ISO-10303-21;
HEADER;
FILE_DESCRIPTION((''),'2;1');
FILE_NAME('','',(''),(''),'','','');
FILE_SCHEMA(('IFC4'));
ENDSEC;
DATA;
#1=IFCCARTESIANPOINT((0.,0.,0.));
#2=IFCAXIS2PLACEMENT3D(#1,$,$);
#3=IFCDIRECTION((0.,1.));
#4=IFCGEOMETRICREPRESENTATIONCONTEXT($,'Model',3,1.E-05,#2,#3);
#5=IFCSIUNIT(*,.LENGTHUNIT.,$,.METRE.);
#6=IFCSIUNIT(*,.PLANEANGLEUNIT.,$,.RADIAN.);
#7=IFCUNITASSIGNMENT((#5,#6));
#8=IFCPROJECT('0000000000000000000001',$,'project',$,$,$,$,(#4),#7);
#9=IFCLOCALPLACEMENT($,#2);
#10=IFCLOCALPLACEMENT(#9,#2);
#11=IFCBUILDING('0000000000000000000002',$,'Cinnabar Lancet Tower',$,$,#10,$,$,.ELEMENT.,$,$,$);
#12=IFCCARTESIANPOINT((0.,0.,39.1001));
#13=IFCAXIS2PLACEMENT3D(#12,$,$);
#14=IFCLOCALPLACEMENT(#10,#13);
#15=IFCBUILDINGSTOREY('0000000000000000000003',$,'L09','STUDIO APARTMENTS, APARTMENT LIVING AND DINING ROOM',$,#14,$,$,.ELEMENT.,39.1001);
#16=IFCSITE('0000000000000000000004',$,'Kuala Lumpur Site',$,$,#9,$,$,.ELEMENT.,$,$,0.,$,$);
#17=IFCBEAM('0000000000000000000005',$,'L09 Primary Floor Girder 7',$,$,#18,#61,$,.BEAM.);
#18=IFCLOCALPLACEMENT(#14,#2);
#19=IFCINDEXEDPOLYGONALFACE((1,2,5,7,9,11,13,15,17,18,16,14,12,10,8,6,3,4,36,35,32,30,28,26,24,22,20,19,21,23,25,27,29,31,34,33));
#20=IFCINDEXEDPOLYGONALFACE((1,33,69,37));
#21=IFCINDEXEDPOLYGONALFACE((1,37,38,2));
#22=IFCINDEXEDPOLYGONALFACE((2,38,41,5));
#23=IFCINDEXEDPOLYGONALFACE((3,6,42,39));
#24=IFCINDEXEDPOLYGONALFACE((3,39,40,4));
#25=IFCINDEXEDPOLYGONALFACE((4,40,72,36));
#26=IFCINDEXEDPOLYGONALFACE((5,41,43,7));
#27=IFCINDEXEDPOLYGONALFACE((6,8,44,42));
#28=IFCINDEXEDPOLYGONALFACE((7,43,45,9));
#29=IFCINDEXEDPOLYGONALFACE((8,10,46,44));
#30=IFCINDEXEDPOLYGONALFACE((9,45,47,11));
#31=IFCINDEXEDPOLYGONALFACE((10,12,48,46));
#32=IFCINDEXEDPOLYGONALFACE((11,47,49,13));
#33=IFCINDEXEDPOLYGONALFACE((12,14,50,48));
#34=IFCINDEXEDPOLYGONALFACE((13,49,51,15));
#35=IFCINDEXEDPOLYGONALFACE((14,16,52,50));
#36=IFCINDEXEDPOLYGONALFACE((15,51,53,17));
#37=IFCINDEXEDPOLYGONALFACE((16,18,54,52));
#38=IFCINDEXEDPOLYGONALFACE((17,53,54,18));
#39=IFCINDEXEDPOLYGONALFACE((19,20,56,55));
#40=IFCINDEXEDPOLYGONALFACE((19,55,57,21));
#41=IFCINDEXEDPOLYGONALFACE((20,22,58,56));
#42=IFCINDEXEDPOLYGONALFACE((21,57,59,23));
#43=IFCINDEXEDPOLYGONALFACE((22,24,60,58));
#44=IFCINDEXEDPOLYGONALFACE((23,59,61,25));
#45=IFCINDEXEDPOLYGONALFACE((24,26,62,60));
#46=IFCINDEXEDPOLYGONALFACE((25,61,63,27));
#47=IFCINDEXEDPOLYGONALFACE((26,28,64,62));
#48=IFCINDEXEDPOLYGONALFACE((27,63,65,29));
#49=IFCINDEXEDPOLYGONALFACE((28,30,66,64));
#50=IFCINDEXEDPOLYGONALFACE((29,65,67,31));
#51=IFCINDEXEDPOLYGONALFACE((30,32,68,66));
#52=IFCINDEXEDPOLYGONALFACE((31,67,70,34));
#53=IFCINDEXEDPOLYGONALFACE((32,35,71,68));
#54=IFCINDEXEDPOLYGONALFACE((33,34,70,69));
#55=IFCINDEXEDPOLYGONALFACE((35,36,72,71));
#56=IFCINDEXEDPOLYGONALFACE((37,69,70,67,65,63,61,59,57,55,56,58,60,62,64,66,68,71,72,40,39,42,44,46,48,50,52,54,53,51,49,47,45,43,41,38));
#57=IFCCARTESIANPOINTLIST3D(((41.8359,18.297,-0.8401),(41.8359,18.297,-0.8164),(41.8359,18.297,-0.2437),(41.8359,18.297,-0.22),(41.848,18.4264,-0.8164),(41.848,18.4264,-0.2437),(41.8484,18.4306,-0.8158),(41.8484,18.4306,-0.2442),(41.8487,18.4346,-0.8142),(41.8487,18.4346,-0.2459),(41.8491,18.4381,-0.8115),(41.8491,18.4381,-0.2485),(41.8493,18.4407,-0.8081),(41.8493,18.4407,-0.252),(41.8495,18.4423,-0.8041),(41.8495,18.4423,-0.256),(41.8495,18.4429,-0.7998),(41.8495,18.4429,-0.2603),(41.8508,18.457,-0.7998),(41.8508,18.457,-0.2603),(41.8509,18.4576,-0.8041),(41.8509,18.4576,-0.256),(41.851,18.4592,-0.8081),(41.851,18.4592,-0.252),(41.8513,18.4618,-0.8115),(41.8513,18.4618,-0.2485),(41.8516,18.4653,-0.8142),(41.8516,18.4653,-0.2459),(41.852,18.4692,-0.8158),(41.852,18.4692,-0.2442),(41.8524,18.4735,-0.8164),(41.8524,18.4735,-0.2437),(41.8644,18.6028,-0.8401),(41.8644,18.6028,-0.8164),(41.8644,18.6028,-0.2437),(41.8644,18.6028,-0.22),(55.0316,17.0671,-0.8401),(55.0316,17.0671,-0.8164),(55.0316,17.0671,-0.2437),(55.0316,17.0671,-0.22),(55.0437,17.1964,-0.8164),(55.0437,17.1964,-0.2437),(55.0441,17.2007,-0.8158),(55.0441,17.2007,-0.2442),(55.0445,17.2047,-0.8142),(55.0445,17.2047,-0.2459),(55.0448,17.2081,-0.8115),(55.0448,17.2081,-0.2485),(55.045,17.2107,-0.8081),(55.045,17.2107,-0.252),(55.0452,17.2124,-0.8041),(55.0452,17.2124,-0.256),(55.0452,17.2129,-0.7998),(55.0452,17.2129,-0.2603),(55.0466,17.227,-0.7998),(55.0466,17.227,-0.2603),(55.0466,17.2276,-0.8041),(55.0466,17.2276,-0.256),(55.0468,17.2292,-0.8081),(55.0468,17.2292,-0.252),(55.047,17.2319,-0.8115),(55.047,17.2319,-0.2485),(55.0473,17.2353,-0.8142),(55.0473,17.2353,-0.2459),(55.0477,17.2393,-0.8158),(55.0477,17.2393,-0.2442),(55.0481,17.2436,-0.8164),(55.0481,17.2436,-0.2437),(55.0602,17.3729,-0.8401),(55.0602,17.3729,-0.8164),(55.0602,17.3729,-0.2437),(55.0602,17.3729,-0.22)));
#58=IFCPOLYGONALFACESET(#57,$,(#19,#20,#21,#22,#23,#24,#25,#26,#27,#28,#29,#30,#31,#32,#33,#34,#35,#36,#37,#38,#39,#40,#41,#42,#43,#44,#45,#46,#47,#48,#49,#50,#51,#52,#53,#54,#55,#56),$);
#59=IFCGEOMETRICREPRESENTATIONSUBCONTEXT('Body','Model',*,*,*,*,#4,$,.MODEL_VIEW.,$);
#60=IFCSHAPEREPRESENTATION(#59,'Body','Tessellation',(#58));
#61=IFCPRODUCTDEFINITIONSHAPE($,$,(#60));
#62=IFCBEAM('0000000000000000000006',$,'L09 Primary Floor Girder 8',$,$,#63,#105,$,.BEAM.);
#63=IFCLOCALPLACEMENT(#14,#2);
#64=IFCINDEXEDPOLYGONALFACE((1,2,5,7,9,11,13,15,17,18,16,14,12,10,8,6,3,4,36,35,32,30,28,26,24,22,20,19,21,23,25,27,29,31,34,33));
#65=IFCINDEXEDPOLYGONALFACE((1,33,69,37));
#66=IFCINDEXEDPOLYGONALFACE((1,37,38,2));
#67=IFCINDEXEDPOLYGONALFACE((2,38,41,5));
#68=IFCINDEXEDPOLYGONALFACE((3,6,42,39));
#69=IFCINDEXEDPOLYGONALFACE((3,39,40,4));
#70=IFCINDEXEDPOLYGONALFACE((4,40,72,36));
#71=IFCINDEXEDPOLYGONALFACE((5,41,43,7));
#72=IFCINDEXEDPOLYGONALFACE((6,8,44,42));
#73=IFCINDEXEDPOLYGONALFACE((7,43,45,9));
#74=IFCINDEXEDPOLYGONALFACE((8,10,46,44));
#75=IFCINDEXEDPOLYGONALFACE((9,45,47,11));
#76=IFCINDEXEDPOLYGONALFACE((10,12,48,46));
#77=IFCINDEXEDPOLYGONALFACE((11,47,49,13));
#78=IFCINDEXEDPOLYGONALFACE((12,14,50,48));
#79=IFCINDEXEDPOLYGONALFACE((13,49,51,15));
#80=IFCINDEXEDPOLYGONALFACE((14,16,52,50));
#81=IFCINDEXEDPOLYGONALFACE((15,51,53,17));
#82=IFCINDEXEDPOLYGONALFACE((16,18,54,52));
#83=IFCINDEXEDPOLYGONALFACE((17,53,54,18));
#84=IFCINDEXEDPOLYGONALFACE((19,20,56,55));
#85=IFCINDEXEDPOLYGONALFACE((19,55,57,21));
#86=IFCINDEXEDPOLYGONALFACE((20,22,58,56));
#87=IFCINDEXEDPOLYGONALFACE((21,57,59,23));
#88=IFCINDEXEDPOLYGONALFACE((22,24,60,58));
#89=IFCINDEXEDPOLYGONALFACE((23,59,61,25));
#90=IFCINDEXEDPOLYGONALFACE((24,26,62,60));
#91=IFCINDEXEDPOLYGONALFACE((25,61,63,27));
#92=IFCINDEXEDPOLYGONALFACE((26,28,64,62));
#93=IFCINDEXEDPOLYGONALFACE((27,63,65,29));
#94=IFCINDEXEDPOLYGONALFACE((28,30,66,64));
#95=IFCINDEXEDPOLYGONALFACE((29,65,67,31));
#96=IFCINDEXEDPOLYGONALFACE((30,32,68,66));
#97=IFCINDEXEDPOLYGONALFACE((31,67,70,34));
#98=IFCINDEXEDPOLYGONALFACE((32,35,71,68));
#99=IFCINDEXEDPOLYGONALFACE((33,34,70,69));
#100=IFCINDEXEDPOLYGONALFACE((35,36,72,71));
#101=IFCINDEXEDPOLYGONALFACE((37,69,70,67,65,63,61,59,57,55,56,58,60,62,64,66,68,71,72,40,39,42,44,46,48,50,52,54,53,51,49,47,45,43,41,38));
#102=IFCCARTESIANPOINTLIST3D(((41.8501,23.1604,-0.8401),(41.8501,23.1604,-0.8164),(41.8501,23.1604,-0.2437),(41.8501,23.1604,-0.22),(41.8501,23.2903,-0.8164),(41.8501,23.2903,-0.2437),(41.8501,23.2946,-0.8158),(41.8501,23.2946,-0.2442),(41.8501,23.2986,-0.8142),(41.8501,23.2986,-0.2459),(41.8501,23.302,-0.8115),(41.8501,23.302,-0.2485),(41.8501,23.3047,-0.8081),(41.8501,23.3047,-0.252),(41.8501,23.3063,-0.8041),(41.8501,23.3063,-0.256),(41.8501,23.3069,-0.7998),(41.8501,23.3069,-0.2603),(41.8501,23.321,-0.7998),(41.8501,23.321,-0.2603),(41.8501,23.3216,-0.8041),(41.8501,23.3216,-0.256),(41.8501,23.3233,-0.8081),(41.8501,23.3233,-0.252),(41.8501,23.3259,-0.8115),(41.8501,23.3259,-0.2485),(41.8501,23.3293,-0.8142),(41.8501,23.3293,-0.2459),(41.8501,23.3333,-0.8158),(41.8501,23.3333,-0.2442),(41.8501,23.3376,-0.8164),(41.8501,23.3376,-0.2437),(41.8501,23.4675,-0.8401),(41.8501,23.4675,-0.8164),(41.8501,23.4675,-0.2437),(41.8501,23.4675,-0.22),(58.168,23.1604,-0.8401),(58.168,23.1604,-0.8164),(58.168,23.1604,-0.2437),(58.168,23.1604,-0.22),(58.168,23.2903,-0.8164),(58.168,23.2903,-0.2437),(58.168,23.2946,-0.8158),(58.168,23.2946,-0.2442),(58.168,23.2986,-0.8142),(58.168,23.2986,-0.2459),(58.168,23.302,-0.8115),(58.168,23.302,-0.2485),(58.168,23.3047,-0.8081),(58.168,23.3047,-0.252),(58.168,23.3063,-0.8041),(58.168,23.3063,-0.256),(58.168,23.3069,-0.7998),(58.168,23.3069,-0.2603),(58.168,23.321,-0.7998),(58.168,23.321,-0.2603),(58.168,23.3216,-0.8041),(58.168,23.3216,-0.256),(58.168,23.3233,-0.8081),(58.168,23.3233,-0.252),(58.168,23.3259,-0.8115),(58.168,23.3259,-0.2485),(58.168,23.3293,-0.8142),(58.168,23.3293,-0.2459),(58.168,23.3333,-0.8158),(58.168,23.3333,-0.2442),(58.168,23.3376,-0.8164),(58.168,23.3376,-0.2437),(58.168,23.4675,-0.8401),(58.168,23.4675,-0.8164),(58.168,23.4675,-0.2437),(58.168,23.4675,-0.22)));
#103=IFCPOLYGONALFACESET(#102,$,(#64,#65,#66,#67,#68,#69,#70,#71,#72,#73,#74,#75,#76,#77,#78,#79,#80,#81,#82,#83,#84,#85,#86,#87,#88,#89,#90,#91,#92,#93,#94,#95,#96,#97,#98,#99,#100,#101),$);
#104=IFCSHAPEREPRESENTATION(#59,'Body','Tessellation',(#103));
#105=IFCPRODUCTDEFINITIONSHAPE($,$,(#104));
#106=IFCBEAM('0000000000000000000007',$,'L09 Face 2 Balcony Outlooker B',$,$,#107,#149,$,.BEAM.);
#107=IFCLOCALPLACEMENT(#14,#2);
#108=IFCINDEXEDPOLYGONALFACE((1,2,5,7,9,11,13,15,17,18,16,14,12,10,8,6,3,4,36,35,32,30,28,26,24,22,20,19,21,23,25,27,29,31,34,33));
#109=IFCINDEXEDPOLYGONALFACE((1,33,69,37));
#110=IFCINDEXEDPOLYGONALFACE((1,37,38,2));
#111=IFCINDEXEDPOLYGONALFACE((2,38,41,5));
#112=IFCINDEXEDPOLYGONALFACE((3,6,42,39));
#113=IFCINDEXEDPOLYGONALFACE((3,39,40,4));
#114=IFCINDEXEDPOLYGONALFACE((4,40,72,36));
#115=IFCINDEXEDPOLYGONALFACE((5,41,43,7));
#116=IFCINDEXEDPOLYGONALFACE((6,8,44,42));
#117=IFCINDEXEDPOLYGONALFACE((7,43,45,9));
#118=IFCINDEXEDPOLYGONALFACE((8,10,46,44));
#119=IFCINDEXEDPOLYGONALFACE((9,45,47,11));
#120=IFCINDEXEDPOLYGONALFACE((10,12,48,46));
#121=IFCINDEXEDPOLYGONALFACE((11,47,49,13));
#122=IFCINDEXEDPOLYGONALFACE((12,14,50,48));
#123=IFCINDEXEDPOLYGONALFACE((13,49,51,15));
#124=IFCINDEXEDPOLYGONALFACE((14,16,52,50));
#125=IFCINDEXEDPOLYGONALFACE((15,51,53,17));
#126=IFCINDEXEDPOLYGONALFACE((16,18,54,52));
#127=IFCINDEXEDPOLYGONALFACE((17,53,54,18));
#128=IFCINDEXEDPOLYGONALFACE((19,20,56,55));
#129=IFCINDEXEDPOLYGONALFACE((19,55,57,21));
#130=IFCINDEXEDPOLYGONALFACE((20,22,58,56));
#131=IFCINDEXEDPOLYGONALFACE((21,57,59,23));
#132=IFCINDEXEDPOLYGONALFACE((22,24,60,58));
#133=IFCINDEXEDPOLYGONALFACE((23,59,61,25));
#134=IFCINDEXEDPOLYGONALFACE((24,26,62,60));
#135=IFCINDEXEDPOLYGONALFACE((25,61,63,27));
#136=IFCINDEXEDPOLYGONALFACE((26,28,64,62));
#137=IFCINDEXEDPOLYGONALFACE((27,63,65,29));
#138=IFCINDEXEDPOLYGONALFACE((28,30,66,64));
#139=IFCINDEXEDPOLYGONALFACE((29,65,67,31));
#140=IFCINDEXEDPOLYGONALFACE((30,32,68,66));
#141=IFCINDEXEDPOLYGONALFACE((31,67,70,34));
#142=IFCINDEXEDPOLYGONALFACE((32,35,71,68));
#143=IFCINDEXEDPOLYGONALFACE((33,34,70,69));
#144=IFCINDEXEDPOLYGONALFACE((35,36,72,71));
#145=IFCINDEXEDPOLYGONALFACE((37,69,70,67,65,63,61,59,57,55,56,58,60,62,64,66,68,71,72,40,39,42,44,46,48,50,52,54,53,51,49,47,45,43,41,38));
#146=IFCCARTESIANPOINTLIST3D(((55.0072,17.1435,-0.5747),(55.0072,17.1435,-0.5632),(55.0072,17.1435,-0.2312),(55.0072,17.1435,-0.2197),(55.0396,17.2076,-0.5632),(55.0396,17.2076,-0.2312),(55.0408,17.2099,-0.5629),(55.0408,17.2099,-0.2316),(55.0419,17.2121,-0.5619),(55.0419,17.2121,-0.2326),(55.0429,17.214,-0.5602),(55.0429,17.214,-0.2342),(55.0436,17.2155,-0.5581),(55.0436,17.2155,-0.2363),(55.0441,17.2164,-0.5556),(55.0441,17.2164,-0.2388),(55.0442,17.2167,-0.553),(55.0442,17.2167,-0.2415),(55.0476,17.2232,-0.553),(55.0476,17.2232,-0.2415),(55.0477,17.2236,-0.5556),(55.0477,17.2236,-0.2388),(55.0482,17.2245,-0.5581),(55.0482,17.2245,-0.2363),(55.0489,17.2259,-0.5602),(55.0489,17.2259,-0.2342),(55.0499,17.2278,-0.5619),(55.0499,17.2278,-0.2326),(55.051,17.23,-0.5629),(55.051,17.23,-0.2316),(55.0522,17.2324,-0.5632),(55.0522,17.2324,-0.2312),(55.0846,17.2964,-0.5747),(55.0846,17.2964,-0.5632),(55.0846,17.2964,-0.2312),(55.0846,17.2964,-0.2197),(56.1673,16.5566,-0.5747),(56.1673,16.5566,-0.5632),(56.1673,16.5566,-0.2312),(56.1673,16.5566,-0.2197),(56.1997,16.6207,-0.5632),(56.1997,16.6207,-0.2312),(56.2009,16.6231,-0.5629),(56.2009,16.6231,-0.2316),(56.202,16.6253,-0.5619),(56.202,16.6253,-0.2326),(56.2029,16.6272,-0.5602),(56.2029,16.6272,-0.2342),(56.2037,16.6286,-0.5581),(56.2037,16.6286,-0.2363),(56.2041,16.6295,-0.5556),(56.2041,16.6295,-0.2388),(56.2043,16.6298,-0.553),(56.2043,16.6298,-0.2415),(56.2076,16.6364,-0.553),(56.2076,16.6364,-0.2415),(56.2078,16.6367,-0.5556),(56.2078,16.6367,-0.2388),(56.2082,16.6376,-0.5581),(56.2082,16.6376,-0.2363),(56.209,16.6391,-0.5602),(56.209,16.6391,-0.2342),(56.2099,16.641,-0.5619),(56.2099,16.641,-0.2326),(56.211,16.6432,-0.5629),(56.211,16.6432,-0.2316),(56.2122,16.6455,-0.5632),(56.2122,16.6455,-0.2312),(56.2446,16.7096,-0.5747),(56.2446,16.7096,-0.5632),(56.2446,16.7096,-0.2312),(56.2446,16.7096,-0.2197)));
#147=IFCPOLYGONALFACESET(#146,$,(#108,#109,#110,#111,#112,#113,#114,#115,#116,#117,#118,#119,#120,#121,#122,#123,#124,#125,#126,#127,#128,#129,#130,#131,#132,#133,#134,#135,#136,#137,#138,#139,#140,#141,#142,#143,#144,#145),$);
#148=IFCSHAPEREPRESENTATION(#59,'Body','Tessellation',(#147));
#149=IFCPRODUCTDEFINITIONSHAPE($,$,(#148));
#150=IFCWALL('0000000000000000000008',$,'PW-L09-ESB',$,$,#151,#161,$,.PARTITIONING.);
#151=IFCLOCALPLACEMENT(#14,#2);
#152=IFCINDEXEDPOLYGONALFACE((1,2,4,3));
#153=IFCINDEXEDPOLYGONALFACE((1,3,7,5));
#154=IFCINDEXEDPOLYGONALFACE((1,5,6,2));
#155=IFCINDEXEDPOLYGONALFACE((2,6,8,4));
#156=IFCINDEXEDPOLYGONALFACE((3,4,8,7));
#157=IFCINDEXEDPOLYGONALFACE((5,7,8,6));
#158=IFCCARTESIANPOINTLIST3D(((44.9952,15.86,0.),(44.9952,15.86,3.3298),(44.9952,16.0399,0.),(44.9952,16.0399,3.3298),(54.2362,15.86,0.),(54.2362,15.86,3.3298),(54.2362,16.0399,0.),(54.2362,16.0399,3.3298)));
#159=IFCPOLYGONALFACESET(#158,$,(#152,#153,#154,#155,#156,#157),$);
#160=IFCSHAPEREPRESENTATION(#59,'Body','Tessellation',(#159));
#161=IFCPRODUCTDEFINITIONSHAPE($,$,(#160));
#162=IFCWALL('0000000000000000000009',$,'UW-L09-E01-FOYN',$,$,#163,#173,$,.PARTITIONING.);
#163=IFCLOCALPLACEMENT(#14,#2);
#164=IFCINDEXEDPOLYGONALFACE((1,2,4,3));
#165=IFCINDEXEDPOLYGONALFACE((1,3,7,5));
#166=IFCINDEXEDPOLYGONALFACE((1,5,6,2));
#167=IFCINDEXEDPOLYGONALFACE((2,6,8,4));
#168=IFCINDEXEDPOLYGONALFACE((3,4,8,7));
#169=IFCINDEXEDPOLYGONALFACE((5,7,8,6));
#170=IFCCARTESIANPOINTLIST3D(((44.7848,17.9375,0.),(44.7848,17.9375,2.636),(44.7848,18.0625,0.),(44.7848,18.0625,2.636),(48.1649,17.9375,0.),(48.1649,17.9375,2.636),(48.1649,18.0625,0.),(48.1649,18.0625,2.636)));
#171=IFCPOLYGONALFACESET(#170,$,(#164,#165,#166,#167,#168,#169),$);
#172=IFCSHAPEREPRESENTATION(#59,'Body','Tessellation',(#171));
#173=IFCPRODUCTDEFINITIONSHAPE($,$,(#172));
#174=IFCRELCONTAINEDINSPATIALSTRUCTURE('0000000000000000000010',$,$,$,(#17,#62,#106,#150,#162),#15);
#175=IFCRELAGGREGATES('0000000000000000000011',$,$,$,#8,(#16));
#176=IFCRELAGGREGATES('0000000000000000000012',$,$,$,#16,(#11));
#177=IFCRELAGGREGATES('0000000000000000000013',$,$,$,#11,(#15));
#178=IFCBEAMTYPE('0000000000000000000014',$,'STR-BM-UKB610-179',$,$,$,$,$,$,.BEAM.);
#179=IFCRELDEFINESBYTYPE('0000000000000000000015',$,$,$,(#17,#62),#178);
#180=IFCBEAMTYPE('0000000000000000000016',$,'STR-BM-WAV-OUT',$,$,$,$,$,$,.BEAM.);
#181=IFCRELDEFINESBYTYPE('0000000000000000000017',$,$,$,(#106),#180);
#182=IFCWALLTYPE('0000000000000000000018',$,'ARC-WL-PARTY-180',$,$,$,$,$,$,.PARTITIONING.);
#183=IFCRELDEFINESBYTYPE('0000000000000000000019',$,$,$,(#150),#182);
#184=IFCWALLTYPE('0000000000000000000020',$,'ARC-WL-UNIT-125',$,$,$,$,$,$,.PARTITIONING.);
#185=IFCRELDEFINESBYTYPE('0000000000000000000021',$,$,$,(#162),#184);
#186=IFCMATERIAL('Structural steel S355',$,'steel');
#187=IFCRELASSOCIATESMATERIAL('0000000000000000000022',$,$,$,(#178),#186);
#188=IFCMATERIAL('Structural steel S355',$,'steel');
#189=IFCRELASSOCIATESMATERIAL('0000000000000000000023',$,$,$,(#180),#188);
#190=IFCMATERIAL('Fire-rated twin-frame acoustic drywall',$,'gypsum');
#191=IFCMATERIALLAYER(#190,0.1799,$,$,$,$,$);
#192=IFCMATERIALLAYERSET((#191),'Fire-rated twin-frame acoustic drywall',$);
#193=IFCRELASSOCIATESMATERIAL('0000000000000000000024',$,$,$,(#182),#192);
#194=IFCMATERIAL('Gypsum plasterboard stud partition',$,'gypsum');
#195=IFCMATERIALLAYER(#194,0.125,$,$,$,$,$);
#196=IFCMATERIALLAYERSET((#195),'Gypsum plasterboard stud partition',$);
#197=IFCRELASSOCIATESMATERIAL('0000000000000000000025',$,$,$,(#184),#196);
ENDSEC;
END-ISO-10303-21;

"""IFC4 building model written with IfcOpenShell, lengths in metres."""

from ifc_helpers import new_model, si_unit, direction, frame, frame_2d, origin, origin_2d, place, context, subcontext, project, spatial, rectangle, i_section, extrude, material, layer, layer_set, material_profile, profile_set, type_object, element, save


model = new_model("IFC4")

# Units and contexts
model_context = context("Model", 3, precision=1e-05, world=origin(), true_north=direction((0.0, 1.0)))
body_context = subcontext(model_context, "Body", "Model", "MODEL_VIEW")
ifc_project = project(units=[si_unit("LENGTHUNIT", "METRE"), si_unit("PLANEANGLEUNIT", "RADIAN")], contexts=[model_context])

# Site, building, storey
site_placement = place(None, origin())
site = spatial("IfcSite", under=ifc_project, at=site_placement, Name="Kuala Lumpur Site", CompositionType="ELEMENT", RefElevation=0.0)
building_placement = place(site_placement, origin())
building = spatial("IfcBuilding", under=site, at=building_placement, Name="Cinnabar Lancet Tower", CompositionType="ELEMENT")
storey_placement = place(building_placement, frame((0.0, 0.0, 39.1001)))
storey = spatial("IfcBuildingStorey", under=building, at=storey_placement, Name="L09", Description="STUDIO APARTMENTS, APARTMENT LIVING AND DINING ROOM", CompositionType="ELEMENT", Elevation=39.1001)

# Beams
ifc_material_1 = material(Name="Structural steel S355", Category="steel")
ifc_material_profile_1 = material_profile(ifc_material_1, i_section(OverallWidth=0.3071, OverallDepth=0.6201, WebThickness=0.0142, FlangeThickness=0.0237, FilletRadius=0.0166, at=origin_2d()), Name="UKB 610x305x179")
ifc_profile_set_1 = profile_set([ifc_material_profile_1], Name="Structural steel S355")
beam_type_1 = type_object("IfcBeamType", Name="STR-BM-UKB610-179", PredefinedType="BEAM", material=ifc_profile_set_1)
beam_1_placement = place(storey_placement, frame((55.0459, 17.22, -0.53), z_axis=(-0.995684, 0.092808, 0.0), x_axis=(-0.092808, -0.995684, 0.0)))
element("IfcBeam", 1, at=beam_1_placement, inside=storey, type_object=beam_type_1, Name="L09 Primary Floor Girder 7", PredefinedType="BEAM", context=body_context, shape_type="SweptSolid", body=[
    extrude(i_section(OverallWidth=0.3071, OverallDepth=0.6201, WebThickness=0.0142, FlangeThickness=0.0237, FilletRadius=0.0166, at=origin_2d()), origin(), (0.0, 0.0, 1.0), 13.2529),
])
beam_2_placement = place(storey_placement, frame((58.168, 23.314, -0.53), z_axis=(-1.0, 0.0, 0.0), x_axis=(0.0, -1.0, 0.0)))
element("IfcBeam", 2, at=beam_2_placement, inside=storey, type_object=beam_type_1, Name="L09 Primary Floor Girder 8", PredefinedType="BEAM", context=body_context, shape_type="SweptSolid", body=[
    extrude(i_section(OverallWidth=0.3071, OverallDepth=0.6201, WebThickness=0.0142, FlangeThickness=0.0237, FilletRadius=0.0166, at=origin_2d()), origin(), (0.0, 0.0, 1.0), 16.3179),
])
ifc_material_2 = material(Name="Structural steel S355", Category="steel")
ifc_material_profile_2 = material_profile(ifc_material_2, i_section(OverallWidth=0.1714, OverallDepth=0.355, WebThickness=0.0073, FlangeThickness=0.0115, FilletRadius=0.0103, at=origin_2d()), Name="UKB 356x171x51")
ifc_profile_set_2 = profile_set([ifc_material_profile_2], Name="Structural steel S355")
beam_type_2 = type_object("IfcBeamType", Name="STR-BM-WAV-OUT", PredefinedType="BEAM", material=ifc_profile_set_2)
beam_3_placement = place(storey_placement, frame((55.0459, 17.22, -0.3972), z_axis=(0.892314, -0.451415, 0.0), x_axis=(0.451415, 0.892314, 0.0)))
element("IfcBeam", 3, at=beam_3_placement, inside=storey, type_object=beam_type_2, Name="L09 Face 2 Balcony Outlooker B", PredefinedType="BEAM", context=body_context, shape_type="SweptSolid", body=[
    extrude(i_section(OverallWidth=0.1714, OverallDepth=0.355, WebThickness=0.0073, FlangeThickness=0.0115, FilletRadius=0.0103, at=origin_2d()), origin(), (0.0, 0.0, 1.0), 1.3),
])

# Walls
ifc_material_3 = material(Name="Fire-rated twin-frame acoustic drywall", Category="gypsum")
ifc_layer_1 = layer(ifc_material_3, 0.1799)
ifc_layer_set_1 = layer_set([ifc_layer_1], Name="Fire-rated twin-frame acoustic drywall")
wall_type_1 = type_object("IfcWallType", Name="ARC-WL-PARTY-180", PredefinedType="PARTITIONING", material=ifc_layer_set_1)
wall_1_placement = place(storey_placement, frame((44.9951, 15.95, 0.0), z_axis=(0.0, 0.0, 1.0), x_axis=(1.0, 0.0, 0.0)))
element("IfcWall", 4, at=wall_1_placement, inside=storey, type_object=wall_type_1, Name="PW-L09-ESB", PredefinedType="PARTITIONING", context=body_context, shape_type="SweptSolid", body=[
    extrude(rectangle(XDim=9.241, YDim=0.1799, at=frame_2d((4.6206, 0.0))), origin(), (0.0, 0.0, 1.0), 3.3298),
])
ifc_material_4 = material(Name="Gypsum plasterboard stud partition", Category="gypsum")
ifc_layer_2 = layer(ifc_material_4, 0.125)
ifc_layer_set_2 = layer_set([ifc_layer_2], Name="Gypsum plasterboard stud partition")
wall_type_2 = type_object("IfcWallType", Name="ARC-WL-UNIT-125", PredefinedType="PARTITIONING", material=ifc_layer_set_2)
wall_2_placement = place(storey_placement, frame((44.7849, 18.0, 0.0), z_axis=(0.0, 0.0, 1.0), x_axis=(1.0, 0.0, 0.0)))
element("IfcWall", 5, at=wall_2_placement, inside=storey, type_object=wall_type_2, Name="UW-L09-E01-FOYN", PredefinedType="PARTITIONING", context=body_context, shape_type="SweptSolid", body=[
    extrude(rectangle(XDim=3.3801, YDim=0.125, at=frame_2d((1.6899, 0.0))), origin(), (0.0, 0.0, 1.0), 2.636),
])

save(model, "model.ifc")
